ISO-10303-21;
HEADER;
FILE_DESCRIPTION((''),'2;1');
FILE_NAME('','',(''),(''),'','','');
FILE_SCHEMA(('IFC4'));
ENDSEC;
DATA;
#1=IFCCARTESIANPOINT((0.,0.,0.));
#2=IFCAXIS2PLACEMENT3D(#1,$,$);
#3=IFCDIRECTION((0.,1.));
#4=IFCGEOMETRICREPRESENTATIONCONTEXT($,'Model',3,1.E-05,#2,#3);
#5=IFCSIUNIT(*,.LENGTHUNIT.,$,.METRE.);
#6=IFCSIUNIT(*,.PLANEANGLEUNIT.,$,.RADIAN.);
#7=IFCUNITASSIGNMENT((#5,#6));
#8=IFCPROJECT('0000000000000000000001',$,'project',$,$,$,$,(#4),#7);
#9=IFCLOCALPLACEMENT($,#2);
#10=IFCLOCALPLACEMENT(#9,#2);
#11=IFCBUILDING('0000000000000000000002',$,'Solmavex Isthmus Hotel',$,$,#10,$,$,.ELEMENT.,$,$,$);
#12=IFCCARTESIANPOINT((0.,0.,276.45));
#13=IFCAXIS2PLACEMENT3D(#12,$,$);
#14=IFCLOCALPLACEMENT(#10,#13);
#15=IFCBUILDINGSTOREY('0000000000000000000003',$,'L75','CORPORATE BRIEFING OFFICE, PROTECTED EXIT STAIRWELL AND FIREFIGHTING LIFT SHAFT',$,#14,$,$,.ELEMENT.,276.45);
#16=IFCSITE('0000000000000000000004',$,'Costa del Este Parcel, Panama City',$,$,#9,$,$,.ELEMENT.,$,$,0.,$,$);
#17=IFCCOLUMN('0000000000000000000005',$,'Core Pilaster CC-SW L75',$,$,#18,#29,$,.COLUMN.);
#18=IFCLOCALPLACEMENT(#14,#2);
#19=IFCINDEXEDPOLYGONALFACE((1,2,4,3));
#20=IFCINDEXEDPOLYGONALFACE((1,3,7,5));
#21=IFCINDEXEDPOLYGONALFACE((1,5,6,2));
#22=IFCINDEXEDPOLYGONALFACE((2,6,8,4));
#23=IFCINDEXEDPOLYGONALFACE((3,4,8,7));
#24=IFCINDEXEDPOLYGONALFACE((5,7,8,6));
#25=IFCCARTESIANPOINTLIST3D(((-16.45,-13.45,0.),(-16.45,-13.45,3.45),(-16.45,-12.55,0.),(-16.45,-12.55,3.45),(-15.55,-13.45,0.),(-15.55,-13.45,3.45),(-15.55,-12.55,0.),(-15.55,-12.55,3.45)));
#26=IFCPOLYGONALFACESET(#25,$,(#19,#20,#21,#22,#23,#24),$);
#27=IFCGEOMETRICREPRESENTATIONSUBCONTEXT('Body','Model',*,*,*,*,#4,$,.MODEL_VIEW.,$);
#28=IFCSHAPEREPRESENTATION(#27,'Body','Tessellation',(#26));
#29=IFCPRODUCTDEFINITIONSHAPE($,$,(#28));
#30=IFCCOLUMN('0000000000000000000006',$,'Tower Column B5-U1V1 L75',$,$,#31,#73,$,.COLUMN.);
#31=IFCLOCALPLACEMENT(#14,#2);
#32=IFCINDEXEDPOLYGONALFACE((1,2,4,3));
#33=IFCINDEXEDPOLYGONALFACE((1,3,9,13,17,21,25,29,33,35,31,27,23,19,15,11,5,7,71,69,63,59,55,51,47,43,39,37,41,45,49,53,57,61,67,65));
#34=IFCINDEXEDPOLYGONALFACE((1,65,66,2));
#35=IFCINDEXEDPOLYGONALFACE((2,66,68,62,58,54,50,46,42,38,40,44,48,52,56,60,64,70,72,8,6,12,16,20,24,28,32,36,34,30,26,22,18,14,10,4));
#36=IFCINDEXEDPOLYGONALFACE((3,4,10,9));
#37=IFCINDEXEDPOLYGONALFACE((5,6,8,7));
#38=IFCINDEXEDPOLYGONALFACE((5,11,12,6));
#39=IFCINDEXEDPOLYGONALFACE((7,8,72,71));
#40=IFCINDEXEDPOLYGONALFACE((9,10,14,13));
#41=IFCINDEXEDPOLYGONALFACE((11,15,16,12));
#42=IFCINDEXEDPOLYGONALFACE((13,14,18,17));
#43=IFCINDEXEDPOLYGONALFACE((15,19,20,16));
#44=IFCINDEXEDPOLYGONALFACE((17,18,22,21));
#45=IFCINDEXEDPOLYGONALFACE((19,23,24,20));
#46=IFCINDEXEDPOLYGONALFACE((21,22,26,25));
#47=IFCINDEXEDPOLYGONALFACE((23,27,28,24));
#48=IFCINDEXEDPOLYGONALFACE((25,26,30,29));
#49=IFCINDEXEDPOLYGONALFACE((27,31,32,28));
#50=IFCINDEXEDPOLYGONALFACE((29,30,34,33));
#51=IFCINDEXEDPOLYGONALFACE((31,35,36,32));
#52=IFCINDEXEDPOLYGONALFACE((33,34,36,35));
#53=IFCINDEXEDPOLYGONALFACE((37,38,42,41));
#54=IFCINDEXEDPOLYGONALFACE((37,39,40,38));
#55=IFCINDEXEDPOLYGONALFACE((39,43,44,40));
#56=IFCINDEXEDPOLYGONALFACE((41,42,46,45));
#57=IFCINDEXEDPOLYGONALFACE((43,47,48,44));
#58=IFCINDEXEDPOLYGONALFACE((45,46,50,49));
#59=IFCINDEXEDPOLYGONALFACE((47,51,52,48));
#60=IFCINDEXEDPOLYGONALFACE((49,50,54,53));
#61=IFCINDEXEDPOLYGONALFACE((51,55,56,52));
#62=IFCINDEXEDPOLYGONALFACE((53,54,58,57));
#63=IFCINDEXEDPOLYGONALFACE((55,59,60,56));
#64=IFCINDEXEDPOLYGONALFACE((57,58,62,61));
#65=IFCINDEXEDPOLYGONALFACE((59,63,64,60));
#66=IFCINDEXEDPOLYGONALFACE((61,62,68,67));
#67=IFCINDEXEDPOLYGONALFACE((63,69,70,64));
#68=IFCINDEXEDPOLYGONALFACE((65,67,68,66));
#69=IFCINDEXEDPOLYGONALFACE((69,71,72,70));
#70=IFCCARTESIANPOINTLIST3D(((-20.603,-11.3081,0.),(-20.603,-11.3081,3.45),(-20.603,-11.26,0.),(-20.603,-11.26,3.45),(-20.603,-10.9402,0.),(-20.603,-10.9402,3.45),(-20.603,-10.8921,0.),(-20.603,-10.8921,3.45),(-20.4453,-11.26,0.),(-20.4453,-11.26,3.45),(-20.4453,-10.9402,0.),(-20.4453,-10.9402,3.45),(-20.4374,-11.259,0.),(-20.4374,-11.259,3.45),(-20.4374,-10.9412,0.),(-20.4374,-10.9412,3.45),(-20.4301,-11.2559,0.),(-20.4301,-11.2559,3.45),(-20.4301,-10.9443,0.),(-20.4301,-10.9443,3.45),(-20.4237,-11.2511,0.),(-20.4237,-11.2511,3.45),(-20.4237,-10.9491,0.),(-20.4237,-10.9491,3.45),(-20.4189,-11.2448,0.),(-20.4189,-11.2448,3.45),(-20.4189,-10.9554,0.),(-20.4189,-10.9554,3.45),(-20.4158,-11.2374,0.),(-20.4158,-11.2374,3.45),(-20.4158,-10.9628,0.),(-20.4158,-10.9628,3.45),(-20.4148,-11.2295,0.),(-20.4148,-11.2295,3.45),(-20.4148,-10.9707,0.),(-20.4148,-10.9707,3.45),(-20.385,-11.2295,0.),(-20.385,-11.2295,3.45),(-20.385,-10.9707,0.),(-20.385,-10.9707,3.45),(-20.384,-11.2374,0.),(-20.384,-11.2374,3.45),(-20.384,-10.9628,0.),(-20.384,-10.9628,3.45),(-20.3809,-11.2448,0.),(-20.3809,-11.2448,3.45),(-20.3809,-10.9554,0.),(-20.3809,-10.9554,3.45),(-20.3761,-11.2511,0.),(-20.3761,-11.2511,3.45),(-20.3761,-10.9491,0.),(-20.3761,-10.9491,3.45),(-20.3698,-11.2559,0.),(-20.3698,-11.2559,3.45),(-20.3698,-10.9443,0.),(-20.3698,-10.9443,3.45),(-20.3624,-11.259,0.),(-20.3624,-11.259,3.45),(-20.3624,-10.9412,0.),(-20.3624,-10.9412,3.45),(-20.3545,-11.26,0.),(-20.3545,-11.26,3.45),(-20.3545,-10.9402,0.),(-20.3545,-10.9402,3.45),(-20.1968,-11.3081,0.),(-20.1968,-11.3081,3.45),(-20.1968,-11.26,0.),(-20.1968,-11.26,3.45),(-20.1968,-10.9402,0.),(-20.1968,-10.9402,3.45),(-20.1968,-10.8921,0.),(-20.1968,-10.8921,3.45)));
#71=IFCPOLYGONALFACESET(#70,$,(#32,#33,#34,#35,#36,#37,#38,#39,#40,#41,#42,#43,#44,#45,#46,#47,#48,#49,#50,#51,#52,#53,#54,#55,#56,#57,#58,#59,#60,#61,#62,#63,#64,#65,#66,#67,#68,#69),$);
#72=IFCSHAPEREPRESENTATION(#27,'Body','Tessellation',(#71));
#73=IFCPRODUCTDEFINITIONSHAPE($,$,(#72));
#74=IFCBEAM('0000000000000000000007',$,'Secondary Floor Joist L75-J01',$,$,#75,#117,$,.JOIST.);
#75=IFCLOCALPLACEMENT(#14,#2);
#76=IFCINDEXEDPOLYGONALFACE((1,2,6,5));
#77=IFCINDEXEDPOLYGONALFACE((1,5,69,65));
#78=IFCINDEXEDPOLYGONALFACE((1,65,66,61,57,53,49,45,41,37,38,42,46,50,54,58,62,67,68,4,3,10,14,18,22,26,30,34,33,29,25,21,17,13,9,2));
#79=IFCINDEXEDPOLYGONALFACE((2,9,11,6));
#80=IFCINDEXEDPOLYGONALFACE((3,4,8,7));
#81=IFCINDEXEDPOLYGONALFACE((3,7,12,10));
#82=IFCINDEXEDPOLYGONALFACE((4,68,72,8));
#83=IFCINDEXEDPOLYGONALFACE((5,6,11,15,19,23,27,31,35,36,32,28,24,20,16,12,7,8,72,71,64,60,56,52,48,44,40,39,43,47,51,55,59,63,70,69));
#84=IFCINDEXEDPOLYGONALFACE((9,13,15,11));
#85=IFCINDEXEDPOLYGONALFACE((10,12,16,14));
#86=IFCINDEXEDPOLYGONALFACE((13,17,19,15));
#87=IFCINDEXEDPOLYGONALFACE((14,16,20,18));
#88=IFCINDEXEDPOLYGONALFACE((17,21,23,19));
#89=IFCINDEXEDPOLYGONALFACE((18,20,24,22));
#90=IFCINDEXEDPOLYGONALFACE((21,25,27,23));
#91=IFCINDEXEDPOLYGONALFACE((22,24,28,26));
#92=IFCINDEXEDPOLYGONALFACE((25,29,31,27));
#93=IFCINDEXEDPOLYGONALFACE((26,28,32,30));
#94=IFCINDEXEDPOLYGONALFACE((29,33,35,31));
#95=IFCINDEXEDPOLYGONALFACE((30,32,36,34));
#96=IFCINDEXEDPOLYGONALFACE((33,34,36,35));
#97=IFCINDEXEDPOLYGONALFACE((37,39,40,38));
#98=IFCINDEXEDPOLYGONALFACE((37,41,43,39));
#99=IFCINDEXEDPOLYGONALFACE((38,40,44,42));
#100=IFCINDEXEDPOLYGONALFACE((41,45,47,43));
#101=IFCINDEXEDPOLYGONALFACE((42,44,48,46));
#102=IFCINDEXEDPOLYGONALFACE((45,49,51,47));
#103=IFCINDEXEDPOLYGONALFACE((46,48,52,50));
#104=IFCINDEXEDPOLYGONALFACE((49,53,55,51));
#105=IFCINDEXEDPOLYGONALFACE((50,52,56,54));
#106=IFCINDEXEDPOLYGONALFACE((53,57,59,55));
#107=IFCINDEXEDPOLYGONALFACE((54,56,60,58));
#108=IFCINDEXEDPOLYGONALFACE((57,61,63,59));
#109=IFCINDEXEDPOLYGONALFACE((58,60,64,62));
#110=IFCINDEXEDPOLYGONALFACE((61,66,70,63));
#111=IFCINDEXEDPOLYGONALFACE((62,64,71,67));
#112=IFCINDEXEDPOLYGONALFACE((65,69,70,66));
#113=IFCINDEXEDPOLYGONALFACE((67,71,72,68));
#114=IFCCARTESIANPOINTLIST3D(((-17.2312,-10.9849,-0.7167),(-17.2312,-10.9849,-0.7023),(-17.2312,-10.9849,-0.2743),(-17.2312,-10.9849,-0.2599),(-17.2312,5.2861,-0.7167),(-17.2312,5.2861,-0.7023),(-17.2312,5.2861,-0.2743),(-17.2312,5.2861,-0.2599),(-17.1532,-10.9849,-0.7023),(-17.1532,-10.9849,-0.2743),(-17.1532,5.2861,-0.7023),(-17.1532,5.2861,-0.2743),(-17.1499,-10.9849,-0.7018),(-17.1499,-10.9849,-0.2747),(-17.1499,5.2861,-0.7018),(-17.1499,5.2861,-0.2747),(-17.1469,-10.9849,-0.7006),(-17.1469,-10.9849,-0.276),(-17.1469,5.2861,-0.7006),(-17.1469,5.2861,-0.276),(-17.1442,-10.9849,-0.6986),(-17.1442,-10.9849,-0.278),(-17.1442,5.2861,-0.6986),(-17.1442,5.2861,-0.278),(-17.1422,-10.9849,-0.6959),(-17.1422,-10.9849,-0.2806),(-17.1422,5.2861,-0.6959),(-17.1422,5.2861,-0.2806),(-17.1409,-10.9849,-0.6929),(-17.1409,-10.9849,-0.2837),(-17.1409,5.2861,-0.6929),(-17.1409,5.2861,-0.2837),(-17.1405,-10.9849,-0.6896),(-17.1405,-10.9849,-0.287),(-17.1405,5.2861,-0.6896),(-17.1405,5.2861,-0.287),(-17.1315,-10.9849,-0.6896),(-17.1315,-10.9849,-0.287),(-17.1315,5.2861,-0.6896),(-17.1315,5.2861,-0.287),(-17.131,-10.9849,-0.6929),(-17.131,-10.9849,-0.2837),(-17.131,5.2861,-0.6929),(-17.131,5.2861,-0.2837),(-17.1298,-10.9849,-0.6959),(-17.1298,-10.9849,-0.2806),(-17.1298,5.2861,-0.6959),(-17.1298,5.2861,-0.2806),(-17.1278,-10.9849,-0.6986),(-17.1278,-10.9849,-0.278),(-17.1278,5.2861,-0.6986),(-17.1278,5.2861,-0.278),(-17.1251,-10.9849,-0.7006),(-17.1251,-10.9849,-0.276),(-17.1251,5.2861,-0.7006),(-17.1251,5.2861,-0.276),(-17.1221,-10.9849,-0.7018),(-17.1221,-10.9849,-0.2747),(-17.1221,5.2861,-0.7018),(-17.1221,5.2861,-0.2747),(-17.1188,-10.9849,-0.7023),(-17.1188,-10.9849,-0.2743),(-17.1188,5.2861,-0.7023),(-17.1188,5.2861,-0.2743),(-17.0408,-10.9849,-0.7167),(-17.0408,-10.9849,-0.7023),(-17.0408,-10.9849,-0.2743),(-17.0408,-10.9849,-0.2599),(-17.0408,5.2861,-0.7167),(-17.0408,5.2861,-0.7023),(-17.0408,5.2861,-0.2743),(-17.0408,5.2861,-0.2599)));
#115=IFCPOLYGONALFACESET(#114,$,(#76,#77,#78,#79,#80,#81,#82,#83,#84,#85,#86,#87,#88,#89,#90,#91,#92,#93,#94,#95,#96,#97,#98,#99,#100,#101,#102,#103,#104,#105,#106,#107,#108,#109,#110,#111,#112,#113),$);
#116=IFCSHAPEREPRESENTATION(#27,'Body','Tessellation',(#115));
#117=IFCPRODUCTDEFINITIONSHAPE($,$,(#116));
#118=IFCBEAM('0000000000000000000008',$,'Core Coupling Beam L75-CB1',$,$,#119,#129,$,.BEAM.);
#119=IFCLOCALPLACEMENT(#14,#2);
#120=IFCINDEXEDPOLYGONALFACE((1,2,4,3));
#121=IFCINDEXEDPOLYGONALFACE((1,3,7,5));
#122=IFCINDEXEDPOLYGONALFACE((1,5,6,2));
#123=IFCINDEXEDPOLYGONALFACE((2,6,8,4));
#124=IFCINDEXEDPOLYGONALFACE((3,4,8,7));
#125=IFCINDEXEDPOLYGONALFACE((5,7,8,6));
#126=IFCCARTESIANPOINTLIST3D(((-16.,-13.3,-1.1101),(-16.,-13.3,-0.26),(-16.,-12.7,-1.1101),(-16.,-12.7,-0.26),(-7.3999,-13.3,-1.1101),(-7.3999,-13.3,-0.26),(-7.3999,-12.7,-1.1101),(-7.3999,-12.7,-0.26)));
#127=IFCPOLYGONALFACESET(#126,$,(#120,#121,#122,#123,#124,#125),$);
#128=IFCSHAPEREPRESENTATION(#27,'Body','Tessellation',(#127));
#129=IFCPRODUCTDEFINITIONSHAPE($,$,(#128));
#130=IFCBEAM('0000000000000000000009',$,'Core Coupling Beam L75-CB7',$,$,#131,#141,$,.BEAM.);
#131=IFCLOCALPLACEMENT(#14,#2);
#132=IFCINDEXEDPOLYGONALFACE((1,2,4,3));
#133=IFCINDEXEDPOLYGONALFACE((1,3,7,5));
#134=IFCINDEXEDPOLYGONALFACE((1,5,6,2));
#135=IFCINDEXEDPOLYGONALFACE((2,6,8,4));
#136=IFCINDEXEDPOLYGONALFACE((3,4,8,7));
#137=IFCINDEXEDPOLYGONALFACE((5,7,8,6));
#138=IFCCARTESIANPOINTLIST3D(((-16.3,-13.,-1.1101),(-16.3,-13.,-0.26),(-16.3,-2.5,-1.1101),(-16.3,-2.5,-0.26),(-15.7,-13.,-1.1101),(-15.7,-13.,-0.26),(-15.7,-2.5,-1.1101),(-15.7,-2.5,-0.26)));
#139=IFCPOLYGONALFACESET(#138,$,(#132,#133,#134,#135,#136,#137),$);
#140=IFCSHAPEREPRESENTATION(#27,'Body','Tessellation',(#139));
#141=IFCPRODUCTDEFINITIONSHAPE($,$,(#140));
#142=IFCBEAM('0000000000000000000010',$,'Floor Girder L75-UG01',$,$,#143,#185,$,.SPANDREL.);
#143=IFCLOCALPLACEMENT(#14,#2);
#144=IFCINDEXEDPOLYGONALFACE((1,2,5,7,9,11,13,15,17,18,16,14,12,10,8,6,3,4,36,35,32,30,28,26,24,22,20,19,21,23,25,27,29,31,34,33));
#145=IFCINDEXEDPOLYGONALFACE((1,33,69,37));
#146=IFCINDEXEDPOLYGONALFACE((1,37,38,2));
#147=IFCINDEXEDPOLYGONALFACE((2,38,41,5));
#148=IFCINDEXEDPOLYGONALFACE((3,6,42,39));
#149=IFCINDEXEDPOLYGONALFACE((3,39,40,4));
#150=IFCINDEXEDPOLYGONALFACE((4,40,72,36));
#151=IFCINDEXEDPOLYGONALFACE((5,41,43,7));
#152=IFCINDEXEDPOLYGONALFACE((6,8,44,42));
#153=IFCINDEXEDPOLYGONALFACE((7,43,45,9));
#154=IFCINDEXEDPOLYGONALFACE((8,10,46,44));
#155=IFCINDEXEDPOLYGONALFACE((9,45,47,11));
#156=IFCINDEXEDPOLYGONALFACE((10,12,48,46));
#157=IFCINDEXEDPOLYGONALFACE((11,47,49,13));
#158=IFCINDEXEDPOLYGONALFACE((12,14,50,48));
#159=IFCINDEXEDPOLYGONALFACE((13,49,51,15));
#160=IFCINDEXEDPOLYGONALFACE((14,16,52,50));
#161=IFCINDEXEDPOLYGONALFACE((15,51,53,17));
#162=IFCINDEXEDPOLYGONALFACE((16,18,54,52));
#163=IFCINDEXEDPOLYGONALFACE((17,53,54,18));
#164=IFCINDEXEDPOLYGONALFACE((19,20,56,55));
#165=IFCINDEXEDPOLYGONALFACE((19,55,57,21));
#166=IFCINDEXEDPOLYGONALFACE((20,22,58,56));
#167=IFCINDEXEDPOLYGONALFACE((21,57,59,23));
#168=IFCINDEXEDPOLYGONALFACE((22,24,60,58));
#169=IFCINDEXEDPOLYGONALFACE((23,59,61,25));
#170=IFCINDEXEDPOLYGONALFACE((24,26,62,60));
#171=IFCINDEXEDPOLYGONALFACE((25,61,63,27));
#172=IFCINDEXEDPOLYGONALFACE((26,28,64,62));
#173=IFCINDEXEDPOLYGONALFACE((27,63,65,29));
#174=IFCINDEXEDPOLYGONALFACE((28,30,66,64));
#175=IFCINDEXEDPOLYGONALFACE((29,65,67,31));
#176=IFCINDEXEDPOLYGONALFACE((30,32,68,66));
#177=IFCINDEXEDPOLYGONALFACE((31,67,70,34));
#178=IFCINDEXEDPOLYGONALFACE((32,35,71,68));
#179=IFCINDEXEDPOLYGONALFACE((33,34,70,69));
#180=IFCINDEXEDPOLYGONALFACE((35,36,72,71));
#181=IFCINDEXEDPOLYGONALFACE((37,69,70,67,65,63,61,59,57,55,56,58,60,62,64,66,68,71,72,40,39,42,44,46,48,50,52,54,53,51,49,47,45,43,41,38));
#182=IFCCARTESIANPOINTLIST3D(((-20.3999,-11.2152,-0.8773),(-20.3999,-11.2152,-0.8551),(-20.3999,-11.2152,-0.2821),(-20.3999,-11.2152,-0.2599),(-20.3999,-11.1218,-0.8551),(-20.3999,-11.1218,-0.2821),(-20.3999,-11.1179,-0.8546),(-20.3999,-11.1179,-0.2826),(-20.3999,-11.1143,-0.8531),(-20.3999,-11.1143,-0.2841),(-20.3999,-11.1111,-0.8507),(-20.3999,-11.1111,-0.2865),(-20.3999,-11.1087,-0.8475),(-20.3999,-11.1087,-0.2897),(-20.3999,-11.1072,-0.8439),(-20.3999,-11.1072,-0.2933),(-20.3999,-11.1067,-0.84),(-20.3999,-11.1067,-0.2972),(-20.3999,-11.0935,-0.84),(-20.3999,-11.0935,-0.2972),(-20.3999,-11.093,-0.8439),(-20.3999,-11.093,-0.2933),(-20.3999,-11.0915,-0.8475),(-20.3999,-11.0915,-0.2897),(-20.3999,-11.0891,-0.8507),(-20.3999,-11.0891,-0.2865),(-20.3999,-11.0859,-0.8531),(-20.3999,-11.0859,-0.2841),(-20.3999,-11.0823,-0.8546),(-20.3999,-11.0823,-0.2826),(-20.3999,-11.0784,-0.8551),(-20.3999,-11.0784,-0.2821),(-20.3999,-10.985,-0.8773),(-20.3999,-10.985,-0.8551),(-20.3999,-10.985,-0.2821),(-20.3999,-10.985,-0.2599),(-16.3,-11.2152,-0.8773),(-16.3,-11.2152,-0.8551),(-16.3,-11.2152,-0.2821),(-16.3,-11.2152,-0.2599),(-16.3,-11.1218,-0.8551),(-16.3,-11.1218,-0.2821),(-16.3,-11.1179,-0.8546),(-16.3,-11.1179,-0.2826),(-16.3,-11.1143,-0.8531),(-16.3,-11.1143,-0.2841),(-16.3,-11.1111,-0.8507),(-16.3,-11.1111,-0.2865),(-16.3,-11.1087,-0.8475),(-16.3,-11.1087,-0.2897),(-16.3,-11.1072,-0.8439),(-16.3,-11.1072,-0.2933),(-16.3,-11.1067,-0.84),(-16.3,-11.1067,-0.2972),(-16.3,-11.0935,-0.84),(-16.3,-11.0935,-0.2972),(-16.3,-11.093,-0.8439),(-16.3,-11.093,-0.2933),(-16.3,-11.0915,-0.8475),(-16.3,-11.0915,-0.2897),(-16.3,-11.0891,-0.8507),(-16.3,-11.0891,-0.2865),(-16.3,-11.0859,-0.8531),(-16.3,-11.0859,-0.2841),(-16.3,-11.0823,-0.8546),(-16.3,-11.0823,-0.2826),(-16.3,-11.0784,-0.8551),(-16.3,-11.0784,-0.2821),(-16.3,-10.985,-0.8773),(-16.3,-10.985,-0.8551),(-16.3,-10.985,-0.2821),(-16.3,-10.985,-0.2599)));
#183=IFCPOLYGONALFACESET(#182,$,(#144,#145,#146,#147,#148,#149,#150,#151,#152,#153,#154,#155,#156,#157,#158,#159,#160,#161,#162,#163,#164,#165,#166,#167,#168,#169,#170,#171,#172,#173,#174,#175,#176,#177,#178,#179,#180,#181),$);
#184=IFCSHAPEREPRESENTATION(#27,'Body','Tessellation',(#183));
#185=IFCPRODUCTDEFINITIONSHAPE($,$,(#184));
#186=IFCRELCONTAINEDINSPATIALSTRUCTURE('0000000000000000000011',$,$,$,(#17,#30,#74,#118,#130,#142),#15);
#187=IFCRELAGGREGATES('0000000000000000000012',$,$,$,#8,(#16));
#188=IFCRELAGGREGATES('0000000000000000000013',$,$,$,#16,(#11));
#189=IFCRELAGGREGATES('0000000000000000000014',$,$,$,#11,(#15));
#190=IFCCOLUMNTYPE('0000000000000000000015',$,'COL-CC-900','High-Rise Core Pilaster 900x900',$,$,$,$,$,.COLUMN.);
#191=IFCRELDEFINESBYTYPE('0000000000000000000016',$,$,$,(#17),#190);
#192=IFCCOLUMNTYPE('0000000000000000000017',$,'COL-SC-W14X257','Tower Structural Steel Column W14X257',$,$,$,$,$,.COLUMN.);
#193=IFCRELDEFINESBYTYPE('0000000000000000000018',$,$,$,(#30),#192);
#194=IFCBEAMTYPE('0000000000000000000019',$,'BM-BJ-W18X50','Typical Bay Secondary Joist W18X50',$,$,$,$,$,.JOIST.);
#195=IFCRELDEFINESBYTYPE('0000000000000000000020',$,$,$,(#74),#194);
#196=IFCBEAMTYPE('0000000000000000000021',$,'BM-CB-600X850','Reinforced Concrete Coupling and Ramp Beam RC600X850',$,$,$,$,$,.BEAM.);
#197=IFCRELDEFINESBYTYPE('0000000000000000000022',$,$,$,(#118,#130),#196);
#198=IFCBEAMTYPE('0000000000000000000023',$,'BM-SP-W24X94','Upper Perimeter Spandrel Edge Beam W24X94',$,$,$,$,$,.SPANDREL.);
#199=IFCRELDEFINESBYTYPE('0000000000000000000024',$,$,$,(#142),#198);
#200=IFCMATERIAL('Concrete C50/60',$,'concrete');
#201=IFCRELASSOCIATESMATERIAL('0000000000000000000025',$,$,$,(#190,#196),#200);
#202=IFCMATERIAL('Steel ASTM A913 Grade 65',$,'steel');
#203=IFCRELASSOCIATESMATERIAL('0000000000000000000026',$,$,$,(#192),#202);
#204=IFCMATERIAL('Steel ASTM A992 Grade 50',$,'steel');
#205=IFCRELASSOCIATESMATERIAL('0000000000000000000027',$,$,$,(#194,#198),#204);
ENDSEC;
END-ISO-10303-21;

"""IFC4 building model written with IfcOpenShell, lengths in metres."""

from ifc_helpers import new_model, si_unit, direction, frame, origin, origin_2d, place, context, subcontext, project, spatial, rectangle, i_section, extrude, material, material_profile, profile_set, type_object, element, save


model = new_model("IFC4")

# Units and contexts
model_context = context("Model", 3, precision=1e-05, world=origin(), true_north=direction((0.0, 1.0)))
body_context = subcontext(model_context, "Body", "Model", "MODEL_VIEW")
ifc_project = project(units=[si_unit("LENGTHUNIT", "METRE"), si_unit("PLANEANGLEUNIT", "RADIAN")], contexts=[model_context])

# Site, building, storey
site_placement = place(None, origin())
site = spatial("IfcSite", under=ifc_project, at=site_placement, Name="Costa del Este Parcel, Panama City", CompositionType="ELEMENT", RefElevation=0.0)
building_placement = place(site_placement, origin())
building = spatial("IfcBuilding", under=site, at=building_placement, Name="Solmavex Isthmus Hotel", CompositionType="ELEMENT")
storey_placement = place(building_placement, frame((0.0, 0.0, 276.45)))
storey = spatial("IfcBuildingStorey", under=building, at=storey_placement, Name="L75", Description="CORPORATE BRIEFING OFFICE, PROTECTED EXIT STAIRWELL AND FIREFIGHTING LIFT SHAFT", CompositionType="ELEMENT", Elevation=276.45)

# Columns
ifc_material_1 = material(Name="Concrete C50/60", Category="concrete")
ifc_material_profile_1 = material_profile(ifc_material_1, rectangle(XDim=0.8999, YDim=0.8999, at=origin_2d()), Name="RC900X900")
ifc_profile_set_1 = profile_set([ifc_material_profile_1], Name="Concrete C50/60")
column_type_1 = type_object("IfcColumnType", Name="COL-CC-900", Description="High-Rise Core Pilaster 900x900", PredefinedType="COLUMN", material=ifc_profile_set_1)
column_1_placement = place(storey_placement, frame((-16.0, -13.0, 0.0), z_axis=(0.0, 0.0, 1.0), x_axis=(1.0, 0.0, 0.0)))
element("IfcColumn", 1, at=column_1_placement, inside=storey, type_object=column_type_1, Name="Core Pilaster CC-SW L75", PredefinedType="COLUMN", context=body_context, shape_type="SweptSolid", body=[
    extrude(rectangle(XDim=0.8999, YDim=0.8999, at=origin_2d()), origin(), (0.0, 0.0, 1.0), 3.45),
])
ifc_material_2 = material(Name="Steel ASTM A913 Grade 65", Category="steel")
ifc_material_profile_2 = material_profile(ifc_material_2, i_section(OverallWidth=0.4062, OverallDepth=0.416, WebThickness=0.0298, FlangeThickness=0.0481, FilletRadius=0.0305, at=origin_2d()), Name="W14X257")
ifc_profile_set_2 = profile_set([ifc_material_profile_2], Name="Steel ASTM A913 Grade 65")
column_type_2 = type_object("IfcColumnType", Name="COL-SC-W14X257", Description="Tower Structural Steel Column W14X257", PredefinedType="COLUMN", material=ifc_profile_set_2)
column_2_placement = place(storey_placement, frame((-20.3999, -11.1001, 0.0), z_axis=(0.0, 0.0, 1.0), x_axis=(1.0, 0.0, 0.0)))
element("IfcColumn", 2, at=column_2_placement, inside=storey, type_object=column_type_2, Name="Tower Column B5-U1V1 L75", PredefinedType="COLUMN", context=body_context, shape_type="SweptSolid", body=[
    extrude(i_section(OverallWidth=0.4062, OverallDepth=0.416, WebThickness=0.0298, FlangeThickness=0.0481, FilletRadius=0.0305, at=origin_2d()), origin(), (0.0, 0.0, 1.0), 3.45),
])

# Beams
ifc_material_3 = material(Name="Steel ASTM A992 Grade 50", Category="steel")
ifc_material_profile_3 = material_profile(ifc_material_3, i_section(OverallWidth=0.1904, OverallDepth=0.4568, WebThickness=0.009, FlangeThickness=0.0144, FilletRadius=0.0127, at=origin_2d()), Name="W18X50")
ifc_profile_set_3 = profile_set([ifc_material_profile_3], Name="Steel ASTM A992 Grade 50")
beam_type_1 = type_object("IfcBeamType", Name="BM-BJ-W18X50", Description="Typical Bay Secondary Joist W18X50", PredefinedType="JOIST", material=ifc_profile_set_3)
beam_1_placement = place(storey_placement, frame((-17.136, -10.9849, -0.4883), z_axis=(0.0, 1.0, 0.0), x_axis=(-1.0, 0.0, 0.0)))
element("IfcBeam", 3, at=beam_1_placement, inside=storey, type_object=beam_type_1, Name="Secondary Floor Joist L75-J01", PredefinedType="JOIST", context=body_context, shape_type="SweptSolid", body=[
    extrude(i_section(OverallWidth=0.1904, OverallDepth=0.4568, WebThickness=0.009, FlangeThickness=0.0144, FilletRadius=0.0127, at=origin_2d()), origin(), (0.0, 0.0, 1.0), 16.271),
])
ifc_material_profile_4 = material_profile(ifc_material_1, rectangle(XDim=0.6001, YDim=0.8501, at=origin_2d()), Name="RC600X850")
ifc_profile_set_4 = profile_set([ifc_material_profile_4], Name="Concrete C50/60")
beam_type_2 = type_object("IfcBeamType", Name="BM-CB-600X850", Description="Reinforced Concrete Coupling and Ramp Beam RC600X850", PredefinedType="BEAM", material=ifc_profile_set_4)
beam_2_placement = place(storey_placement, frame((-16.0, -13.0, -0.6851), z_axis=(1.0, 0.0, 0.0), x_axis=(0.0, 1.0, 0.0)))
element("IfcBeam", 4, at=beam_2_placement, inside=storey, type_object=beam_type_2, Name="Core Coupling Beam L75-CB1", PredefinedType="BEAM", context=body_context, shape_type="SweptSolid", body=[
    extrude(rectangle(XDim=0.6001, YDim=0.8501, at=origin_2d()), origin(), (0.0, 0.0, 1.0), 8.6001),
])
beam_3_placement = place(storey_placement, frame((-16.0, -13.0, -0.6851), z_axis=(0.0, 1.0, 0.0), x_axis=(-1.0, 0.0, 0.0)))
element("IfcBeam", 5, at=beam_3_placement, inside=storey, type_object=beam_type_2, Name="Core Coupling Beam L75-CB7", PredefinedType="BEAM", context=body_context, shape_type="SweptSolid", body=[
    extrude(rectangle(XDim=0.6001, YDim=0.8501, at=origin_2d()), origin(), (0.0, 0.0, 1.0), 10.5),
])
ifc_material_profile_5 = material_profile(ifc_material_3, i_section(OverallWidth=0.2302, OverallDepth=0.6174, WebThickness=0.0132, FlangeThickness=0.0222, FilletRadius=0.0151, at=origin_2d()), Name="W24X94")
ifc_profile_set_5 = profile_set([ifc_material_profile_5], Name="Steel ASTM A992 Grade 50")
beam_type_3 = type_object("IfcBeamType", Name="BM-SP-W24X94", Description="Upper Perimeter Spandrel Edge Beam W24X94", PredefinedType="SPANDREL", material=ifc_profile_set_5)
beam_4_placement = place(storey_placement, frame((-20.3999, -11.1001, -0.5686), z_axis=(1.0, 0.0, 0.0), x_axis=(0.0, 1.0, 0.0)))
element("IfcBeam", 6, at=beam_4_placement, inside=storey, type_object=beam_type_3, Name="Floor Girder L75-UG01", PredefinedType="SPANDREL", context=body_context, shape_type="SweptSolid", body=[
    extrude(i_section(OverallWidth=0.2302, OverallDepth=0.6174, WebThickness=0.0132, FlangeThickness=0.0222, FilletRadius=0.0151, at=origin_2d()), origin(), (0.0, 0.0, 1.0), 4.0999),
])

save(model, "model.ifc")
